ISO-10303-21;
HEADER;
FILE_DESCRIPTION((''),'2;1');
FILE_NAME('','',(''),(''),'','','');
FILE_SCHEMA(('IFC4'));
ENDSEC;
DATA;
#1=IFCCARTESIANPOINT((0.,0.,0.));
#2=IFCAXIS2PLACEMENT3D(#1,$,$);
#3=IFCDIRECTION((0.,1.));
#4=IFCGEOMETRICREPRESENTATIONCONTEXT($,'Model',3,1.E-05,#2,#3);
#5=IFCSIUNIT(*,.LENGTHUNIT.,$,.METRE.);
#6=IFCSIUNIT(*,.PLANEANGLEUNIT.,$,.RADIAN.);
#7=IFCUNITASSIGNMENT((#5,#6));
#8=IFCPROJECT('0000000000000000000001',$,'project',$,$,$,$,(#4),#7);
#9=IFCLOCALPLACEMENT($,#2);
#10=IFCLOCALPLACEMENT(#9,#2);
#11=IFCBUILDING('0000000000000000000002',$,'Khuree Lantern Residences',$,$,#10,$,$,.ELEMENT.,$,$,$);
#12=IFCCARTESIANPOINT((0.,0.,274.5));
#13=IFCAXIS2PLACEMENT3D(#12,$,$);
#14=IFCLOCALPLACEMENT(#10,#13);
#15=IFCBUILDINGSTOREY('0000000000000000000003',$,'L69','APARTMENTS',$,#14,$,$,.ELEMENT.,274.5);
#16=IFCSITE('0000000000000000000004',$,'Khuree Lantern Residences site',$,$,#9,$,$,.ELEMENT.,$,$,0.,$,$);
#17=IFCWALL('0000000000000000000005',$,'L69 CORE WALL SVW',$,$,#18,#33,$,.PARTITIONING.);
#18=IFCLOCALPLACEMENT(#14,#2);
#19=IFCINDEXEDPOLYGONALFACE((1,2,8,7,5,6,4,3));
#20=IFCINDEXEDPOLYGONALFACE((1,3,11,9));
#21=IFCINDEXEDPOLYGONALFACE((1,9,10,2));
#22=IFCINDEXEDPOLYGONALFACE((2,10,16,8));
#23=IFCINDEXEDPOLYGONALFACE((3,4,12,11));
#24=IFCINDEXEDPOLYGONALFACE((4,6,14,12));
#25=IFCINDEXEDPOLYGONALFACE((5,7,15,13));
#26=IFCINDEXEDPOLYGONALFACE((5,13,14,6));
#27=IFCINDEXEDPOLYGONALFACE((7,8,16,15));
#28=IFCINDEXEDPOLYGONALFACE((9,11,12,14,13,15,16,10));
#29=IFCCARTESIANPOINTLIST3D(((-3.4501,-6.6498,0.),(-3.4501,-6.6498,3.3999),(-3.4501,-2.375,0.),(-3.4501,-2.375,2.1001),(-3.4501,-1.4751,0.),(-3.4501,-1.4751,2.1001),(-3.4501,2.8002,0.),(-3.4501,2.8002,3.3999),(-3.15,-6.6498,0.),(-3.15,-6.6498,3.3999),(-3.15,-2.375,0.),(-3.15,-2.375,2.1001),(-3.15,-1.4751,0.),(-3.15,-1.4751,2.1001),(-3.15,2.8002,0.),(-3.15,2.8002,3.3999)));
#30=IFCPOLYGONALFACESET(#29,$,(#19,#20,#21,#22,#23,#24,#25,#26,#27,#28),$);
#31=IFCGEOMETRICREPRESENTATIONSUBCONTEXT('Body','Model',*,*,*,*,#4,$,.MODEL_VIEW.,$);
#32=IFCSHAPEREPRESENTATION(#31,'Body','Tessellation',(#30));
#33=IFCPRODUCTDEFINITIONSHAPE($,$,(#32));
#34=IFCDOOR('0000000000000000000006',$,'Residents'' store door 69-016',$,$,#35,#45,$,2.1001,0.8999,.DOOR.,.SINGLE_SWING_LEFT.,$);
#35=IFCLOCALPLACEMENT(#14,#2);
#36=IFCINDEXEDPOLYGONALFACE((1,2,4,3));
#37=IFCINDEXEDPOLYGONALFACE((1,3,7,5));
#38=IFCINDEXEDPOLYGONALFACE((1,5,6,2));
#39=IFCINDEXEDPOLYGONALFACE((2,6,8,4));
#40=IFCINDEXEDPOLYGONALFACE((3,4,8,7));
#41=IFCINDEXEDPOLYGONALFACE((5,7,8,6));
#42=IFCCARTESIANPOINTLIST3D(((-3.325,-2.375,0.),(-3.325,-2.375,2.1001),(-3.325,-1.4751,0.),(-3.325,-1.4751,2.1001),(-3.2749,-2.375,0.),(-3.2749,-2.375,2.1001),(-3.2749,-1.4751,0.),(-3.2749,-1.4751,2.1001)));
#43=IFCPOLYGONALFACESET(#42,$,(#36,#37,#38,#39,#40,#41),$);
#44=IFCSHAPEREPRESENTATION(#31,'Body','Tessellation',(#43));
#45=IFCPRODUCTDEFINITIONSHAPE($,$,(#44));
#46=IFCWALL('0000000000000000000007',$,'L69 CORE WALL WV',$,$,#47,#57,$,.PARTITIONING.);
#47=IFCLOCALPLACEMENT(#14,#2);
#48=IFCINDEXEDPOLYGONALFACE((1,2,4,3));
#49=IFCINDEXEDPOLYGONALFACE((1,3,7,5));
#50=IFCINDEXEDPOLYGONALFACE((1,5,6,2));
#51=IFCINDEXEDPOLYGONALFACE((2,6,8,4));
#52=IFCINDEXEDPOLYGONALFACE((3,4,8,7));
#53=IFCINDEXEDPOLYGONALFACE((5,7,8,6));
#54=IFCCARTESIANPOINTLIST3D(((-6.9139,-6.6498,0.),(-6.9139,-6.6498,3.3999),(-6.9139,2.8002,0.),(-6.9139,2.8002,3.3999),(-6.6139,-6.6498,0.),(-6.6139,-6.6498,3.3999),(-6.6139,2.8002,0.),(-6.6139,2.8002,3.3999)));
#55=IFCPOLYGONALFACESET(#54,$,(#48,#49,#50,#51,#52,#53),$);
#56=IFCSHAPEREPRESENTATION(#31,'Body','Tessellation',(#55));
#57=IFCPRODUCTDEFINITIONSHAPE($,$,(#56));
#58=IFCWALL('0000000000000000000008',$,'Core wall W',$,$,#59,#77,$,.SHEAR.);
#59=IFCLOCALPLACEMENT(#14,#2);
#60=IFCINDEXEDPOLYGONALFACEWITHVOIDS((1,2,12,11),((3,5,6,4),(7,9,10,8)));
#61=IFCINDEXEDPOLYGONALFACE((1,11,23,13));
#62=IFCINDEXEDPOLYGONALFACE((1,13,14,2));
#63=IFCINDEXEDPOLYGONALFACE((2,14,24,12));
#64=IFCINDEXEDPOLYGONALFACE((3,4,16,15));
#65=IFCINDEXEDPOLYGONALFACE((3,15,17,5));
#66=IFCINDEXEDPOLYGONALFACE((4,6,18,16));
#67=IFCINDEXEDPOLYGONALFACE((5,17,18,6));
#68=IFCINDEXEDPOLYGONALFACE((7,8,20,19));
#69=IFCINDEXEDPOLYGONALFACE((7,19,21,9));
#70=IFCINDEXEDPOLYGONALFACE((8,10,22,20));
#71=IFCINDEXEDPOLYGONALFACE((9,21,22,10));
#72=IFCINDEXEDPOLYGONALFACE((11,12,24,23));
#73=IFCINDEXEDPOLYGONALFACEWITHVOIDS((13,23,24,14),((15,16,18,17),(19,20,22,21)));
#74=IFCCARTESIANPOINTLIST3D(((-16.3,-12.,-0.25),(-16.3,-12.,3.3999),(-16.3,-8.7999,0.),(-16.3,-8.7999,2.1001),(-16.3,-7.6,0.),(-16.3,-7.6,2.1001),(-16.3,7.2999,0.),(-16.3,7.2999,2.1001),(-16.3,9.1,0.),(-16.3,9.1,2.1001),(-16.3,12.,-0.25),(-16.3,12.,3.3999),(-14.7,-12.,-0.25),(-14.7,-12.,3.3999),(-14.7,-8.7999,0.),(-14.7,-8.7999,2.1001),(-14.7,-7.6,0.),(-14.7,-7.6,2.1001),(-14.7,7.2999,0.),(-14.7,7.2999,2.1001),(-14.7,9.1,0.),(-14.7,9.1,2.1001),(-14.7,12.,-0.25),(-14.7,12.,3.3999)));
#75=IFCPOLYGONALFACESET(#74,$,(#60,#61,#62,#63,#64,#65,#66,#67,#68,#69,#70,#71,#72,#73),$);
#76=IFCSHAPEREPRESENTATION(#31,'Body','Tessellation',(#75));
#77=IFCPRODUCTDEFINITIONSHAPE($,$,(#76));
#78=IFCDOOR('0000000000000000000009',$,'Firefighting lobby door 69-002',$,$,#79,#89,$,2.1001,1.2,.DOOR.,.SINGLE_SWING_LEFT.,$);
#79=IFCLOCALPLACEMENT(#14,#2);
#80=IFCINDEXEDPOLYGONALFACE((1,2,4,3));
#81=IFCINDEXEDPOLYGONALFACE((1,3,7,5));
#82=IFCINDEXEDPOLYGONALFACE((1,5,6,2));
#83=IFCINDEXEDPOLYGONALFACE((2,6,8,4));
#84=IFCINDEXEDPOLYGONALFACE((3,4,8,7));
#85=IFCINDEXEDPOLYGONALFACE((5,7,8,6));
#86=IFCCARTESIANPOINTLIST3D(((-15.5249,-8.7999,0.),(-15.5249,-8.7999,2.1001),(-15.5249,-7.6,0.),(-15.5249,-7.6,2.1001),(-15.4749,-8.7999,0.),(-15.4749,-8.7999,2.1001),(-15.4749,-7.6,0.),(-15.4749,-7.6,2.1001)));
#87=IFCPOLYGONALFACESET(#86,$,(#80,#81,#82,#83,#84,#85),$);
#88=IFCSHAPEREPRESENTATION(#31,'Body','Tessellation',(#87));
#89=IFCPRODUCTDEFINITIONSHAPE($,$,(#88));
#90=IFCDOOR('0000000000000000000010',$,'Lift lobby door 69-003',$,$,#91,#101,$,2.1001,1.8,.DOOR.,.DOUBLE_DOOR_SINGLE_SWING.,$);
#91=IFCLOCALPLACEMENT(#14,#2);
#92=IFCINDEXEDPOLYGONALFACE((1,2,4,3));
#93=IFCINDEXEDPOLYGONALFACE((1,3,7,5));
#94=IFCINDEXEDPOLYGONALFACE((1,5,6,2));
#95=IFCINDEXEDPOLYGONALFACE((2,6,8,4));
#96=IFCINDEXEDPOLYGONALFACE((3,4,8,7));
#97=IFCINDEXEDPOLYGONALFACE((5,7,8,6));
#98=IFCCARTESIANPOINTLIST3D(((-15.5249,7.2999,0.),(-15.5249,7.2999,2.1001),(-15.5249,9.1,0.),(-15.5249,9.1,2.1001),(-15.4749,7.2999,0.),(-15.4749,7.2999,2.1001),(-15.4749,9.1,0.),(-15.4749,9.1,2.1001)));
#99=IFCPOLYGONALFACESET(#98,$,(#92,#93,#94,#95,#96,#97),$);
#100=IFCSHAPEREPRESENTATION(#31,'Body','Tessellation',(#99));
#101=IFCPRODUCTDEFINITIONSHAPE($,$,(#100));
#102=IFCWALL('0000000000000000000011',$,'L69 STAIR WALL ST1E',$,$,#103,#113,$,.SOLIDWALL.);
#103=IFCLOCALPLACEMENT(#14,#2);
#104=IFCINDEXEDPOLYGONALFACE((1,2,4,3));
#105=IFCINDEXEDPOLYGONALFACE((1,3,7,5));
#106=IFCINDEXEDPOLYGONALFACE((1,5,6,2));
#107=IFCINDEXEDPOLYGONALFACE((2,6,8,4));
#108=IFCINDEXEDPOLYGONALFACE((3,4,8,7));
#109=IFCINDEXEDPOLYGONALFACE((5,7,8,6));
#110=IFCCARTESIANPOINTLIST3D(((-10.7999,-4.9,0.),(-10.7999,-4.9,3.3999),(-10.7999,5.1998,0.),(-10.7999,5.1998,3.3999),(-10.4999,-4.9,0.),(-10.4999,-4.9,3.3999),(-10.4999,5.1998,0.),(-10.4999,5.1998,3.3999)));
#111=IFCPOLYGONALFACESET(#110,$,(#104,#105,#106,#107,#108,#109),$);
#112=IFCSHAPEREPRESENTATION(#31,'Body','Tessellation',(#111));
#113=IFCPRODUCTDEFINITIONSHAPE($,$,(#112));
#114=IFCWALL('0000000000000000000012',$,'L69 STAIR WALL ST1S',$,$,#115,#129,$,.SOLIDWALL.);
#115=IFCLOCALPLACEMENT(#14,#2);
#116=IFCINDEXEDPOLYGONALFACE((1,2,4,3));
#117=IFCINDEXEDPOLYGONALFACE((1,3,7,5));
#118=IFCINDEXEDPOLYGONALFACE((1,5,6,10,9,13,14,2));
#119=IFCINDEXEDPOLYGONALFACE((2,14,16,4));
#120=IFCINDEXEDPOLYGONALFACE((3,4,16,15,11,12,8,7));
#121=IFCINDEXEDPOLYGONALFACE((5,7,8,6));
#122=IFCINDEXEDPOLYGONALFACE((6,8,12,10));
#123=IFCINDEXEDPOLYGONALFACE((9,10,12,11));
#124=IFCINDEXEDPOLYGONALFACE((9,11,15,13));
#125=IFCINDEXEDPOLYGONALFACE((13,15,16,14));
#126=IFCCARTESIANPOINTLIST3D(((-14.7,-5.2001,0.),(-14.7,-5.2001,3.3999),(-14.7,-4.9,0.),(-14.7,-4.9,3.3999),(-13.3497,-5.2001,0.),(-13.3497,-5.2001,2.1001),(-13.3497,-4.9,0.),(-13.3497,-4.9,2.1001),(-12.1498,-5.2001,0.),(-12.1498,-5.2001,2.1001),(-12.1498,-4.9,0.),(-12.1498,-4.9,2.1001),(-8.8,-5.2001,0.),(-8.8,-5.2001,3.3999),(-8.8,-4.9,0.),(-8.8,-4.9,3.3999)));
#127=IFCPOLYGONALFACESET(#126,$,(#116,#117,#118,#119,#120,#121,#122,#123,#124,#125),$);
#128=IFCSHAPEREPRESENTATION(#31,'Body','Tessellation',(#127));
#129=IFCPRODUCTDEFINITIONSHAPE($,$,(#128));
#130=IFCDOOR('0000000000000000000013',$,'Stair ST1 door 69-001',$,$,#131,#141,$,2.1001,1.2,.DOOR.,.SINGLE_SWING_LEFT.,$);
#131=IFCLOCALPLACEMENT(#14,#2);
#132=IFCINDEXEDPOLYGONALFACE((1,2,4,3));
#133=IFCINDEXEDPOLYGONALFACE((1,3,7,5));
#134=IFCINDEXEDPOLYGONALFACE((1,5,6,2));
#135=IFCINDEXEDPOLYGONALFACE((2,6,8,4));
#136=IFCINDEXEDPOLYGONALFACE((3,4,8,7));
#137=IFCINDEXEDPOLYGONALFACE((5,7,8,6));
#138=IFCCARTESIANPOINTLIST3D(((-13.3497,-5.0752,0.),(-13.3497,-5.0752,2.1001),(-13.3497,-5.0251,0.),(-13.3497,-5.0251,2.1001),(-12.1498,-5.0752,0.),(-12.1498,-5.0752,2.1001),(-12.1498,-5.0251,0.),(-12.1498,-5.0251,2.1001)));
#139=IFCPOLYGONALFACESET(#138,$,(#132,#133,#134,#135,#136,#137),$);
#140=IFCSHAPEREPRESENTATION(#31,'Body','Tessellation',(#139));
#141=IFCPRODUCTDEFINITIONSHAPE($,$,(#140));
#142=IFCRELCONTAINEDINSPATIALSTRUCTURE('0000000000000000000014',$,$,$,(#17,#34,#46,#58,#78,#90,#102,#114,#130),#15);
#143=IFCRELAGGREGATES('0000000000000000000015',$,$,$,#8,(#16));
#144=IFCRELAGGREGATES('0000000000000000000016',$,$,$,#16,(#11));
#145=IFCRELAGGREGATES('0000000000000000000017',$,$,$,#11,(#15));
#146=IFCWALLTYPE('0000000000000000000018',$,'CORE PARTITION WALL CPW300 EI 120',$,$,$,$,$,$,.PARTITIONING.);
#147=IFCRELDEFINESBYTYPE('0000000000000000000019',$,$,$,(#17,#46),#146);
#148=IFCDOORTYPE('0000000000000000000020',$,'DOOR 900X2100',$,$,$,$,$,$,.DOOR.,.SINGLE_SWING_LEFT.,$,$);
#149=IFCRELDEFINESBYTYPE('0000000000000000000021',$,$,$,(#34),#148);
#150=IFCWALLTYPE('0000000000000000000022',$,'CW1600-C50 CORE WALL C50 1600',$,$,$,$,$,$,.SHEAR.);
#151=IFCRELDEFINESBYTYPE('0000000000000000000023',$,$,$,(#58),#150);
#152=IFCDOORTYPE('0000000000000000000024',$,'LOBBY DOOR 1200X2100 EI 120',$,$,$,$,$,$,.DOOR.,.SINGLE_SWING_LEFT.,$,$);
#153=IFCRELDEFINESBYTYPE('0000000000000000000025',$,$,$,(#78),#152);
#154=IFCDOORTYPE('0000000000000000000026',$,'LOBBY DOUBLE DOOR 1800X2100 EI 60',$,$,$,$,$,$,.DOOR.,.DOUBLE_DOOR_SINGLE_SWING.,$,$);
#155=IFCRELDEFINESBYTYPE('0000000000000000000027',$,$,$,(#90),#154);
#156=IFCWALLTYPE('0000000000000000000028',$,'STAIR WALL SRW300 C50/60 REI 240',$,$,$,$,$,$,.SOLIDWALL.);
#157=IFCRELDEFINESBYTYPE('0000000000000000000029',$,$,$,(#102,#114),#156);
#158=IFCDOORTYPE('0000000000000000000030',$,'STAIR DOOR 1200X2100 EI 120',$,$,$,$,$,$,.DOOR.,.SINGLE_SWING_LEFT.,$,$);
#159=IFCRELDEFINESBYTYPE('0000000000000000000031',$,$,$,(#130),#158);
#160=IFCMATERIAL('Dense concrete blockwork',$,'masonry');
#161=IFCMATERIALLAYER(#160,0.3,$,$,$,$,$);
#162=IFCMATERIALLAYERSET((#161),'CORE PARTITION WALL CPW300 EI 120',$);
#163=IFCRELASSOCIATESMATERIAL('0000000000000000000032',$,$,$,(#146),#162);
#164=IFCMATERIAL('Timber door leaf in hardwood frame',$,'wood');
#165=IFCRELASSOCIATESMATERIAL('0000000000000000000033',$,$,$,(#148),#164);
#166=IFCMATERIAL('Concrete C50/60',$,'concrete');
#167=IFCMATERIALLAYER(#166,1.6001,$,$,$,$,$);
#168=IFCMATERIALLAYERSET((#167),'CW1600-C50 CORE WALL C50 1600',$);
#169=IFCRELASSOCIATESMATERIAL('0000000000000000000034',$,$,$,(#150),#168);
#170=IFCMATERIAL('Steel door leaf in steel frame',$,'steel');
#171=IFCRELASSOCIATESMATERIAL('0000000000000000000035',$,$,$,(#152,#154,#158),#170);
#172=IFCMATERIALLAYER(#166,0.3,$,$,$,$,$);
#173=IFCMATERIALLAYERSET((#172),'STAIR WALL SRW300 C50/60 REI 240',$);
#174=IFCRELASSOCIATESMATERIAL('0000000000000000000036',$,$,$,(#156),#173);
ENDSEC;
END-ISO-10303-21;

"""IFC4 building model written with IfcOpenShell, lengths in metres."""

from ifc_helpers import new_model, si_unit, direction, frame, frame_2d, origin, place, context, subcontext, project, spatial, rectangle, extrude, material, layer, layer_set, type_object, element, fill, save


model = new_model("IFC4")

# Units and contexts
model_context = context("Model", 3, precision=1e-05, world=origin(), true_north=direction((0.0, 1.0)))
body_context = subcontext(model_context, "Body", "Model", "MODEL_VIEW")
ifc_project = project(units=[si_unit("LENGTHUNIT", "METRE"), si_unit("PLANEANGLEUNIT", "RADIAN")], contexts=[model_context])

# Site, building, storey
site_placement = place(None, origin())
site = spatial("IfcSite", under=ifc_project, at=site_placement, Name="Khuree Lantern Residences site", CompositionType="ELEMENT", RefElevation=0.0)
building_placement = place(site_placement, origin())
building = spatial("IfcBuilding", under=site, at=building_placement, Name="Khuree Lantern Residences", CompositionType="ELEMENT")
storey_placement = place(building_placement, frame((0.0, 0.0, 274.5)))
storey = spatial("IfcBuildingStorey", under=building, at=storey_placement, Name="L69", Description="APARTMENTS", CompositionType="ELEMENT", Elevation=274.5)

# Shared definitions
ifc_material_1 = material(Name="Dense concrete blockwork", Category="masonry")
ifc_layer_1 = layer(ifc_material_1, 0.3)
ifc_layer_set_1 = layer_set([ifc_layer_1], Name="CORE PARTITION WALL CPW300 EI 120")
wall_type_1 = type_object("IfcWallType", Name="CORE PARTITION WALL CPW300 EI 120", PredefinedType="PARTITIONING", material=ifc_layer_set_1)

# Shared definitions
ifc_material_2 = material(Name="Steel door leaf in steel frame", Category="steel")

# Wall, opening, door
wall_1_placement = place(storey_placement, frame((-3.3, -6.6499, 0.0), z_axis=(0.0, 0.0, 1.0), x_axis=(0.0, 1.0, 0.0)))
wall_1 = element("IfcWall", 1, at=wall_1_placement, inside=storey, type_object=wall_type_1, Name="L69 CORE WALL SVW", PredefinedType="PARTITIONING", context=body_context, shape_type="SweptSolid", body=[
    extrude(rectangle(XDim=9.45, YDim=0.3, at=frame_2d((4.7251, 0.0))), origin(), (0.0, 0.0, 1.0), 3.3999),
])
opening_1_placement = place(wall_1_placement, frame((4.2749, 0.0, 0.0)))
opening_1 = element("IfcOpeningElement", 2, at=opening_1_placement, cuts=wall_1, PredefinedType="OPENING", context=body_context, shape_type="SweptSolid", body=[
    extrude(rectangle(XDim=0.8999, YDim=2.1001, at=frame_2d((0.45, 1.05))), frame((0.0, 0.1602, 0.0), z_axis=(0.0, -1.0, 0.0), x_axis=(1.0, 0.0, 0.0)), (0.0, 0.0, 1.0), 0.3201),
])
ifc_material_3 = material(Name="Timber door leaf in hardwood frame", Category="wood")
door_type_1 = type_object("IfcDoorType", Name="DOOR 900X2100", OperationType="SINGLE_SWING_LEFT", PredefinedType="DOOR", material=ifc_material_3)
door_1_placement = place(opening_1_placement, origin())
door_1 = element("IfcDoor", 3, at=door_1_placement, inside=storey, type_object=door_type_1, Name="Residents' store door 69-016", OperationType="SINGLE_SWING_LEFT", OverallHeight=2.1001, OverallWidth=0.8999, PredefinedType="DOOR", context=body_context, shape_type="SweptSolid", body=[
    extrude(rectangle(XDim=0.8999, YDim=2.1001, at=frame_2d((0.45, 1.05))), frame((0.0, 0.0249, 0.0), z_axis=(0.0, -1.0, 0.0), x_axis=(1.0, 0.0, 0.0)), (0.0, 0.0, 1.0), 0.05),
])
fill(opening_1, door_1)

# Wall
wall_2_placement = place(storey_placement, frame((-6.7639, -6.6499, 0.0), z_axis=(0.0, 0.0, 1.0), x_axis=(0.0, 1.0, 0.0)))
element("IfcWall", 4, at=wall_2_placement, inside=storey, type_object=wall_type_1, Name="L69 CORE WALL WV", PredefinedType="PARTITIONING", context=body_context, shape_type="SweptSolid", body=[
    extrude(rectangle(XDim=9.45, YDim=0.3, at=frame_2d((4.7251, 0.0))), origin(), (0.0, 0.0, 1.0), 3.3999),
])

# Wall, openings, doors
ifc_material_4 = material(Name="Concrete C50/60", Category="concrete")
ifc_layer_2 = layer(ifc_material_4, 1.6001)
ifc_layer_set_2 = layer_set([ifc_layer_2], Name="CW1600-C50 CORE WALL C50 1600")
wall_type_2 = type_object("IfcWallType", Name="CW1600-C50 CORE WALL C50 1600", PredefinedType="SHEAR", material=ifc_layer_set_2)
wall_3_placement = place(storey_placement, frame((-15.5, -12.0, -0.25), z_axis=(0.0, 0.0, 1.0), x_axis=(0.0, 1.0, 0.0)))
wall_3 = element("IfcWall", 5, at=wall_3_placement, inside=storey, type_object=wall_type_2, Name="Core wall W", PredefinedType="SHEAR", context=body_context, shape_type="SweptSolid", body=[
    extrude(rectangle(XDim=24.0, YDim=1.6001, at=frame_2d((12.0, 0.0))), origin(), (0.0, 0.0, 1.0), 3.6499),
])
opening_2_placement = place(wall_3_placement, frame((3.2, 0.0, 0.25)))
opening_2 = element("IfcOpeningElement", 6, at=opening_2_placement, cuts=wall_3, PredefinedType="OPENING", context=body_context, shape_type="SweptSolid", body=[
    extrude(rectangle(XDim=1.2, YDim=2.1001, at=frame_2d((0.6001, 1.05))), frame((0.0, 0.8101, 0.0), z_axis=(0.0, -1.0, 0.0), x_axis=(1.0, 0.0, 0.0)), (0.0, 0.0, 1.0), 1.6201),
])
opening_3_placement = place(wall_3_placement, frame((19.3, 0.0, 0.25)))
opening_3 = element("IfcOpeningElement", 7, at=opening_3_placement, cuts=wall_3, PredefinedType="OPENING", context=body_context, shape_type="SweptSolid", body=[
    extrude(rectangle(XDim=1.8, YDim=2.1001, at=frame_2d((0.8999, 1.05))), frame((0.0, 0.8101, 0.0), z_axis=(0.0, -1.0, 0.0), x_axis=(1.0, 0.0, 0.0)), (0.0, 0.0, 1.0), 1.6201),
])
door_type_2 = type_object("IfcDoorType", Name="LOBBY DOOR 1200X2100 EI 120", OperationType="SINGLE_SWING_LEFT", PredefinedType="DOOR", material=ifc_material_2)
door_2_placement = place(opening_2_placement, origin())
door_2 = element("IfcDoor", 8, at=door_2_placement, inside=storey, type_object=door_type_2, Name="Firefighting lobby door 69-002", OperationType="SINGLE_SWING_LEFT", OverallHeight=2.1001, OverallWidth=1.2, PredefinedType="DOOR", context=body_context, shape_type="SweptSolid", body=[
    extrude(rectangle(XDim=1.2, YDim=2.1001, at=frame_2d((0.6001, 1.05))), frame((0.0, 0.0249, 0.0), z_axis=(0.0, -1.0, 0.0), x_axis=(1.0, 0.0, 0.0)), (0.0, 0.0, 1.0), 0.05),
])
fill(opening_2, door_2)
door_type_3 = type_object("IfcDoorType", Name="LOBBY DOUBLE DOOR 1800X2100 EI 60", OperationType="DOUBLE_DOOR_SINGLE_SWING", PredefinedType="DOOR", material=ifc_material_2)
door_3_placement = place(opening_3_placement, origin())
door_3 = element("IfcDoor", 9, at=door_3_placement, inside=storey, type_object=door_type_3, Name="Lift lobby door 69-003", OperationType="DOUBLE_DOOR_SINGLE_SWING", OverallHeight=2.1001, OverallWidth=1.8, PredefinedType="DOOR", context=body_context, shape_type="SweptSolid", body=[
    extrude(rectangle(XDim=1.8, YDim=2.1001, at=frame_2d((0.8999, 1.05))), frame((0.0, 0.0249, 0.0), z_axis=(0.0, -1.0, 0.0), x_axis=(1.0, 0.0, 0.0)), (0.0, 0.0, 1.0), 0.05),
])
fill(opening_3, door_3)

# Wall
ifc_layer_3 = layer(ifc_material_4, 0.3)
ifc_layer_set_3 = layer_set([ifc_layer_3], Name="STAIR WALL SRW300 C50/60 REI 240")
wall_type_3 = type_object("IfcWallType", Name="STAIR WALL SRW300 C50/60 REI 240", PredefinedType="SOLIDWALL", material=ifc_layer_set_3)
wall_4_placement = place(storey_placement, frame((-10.6499, -4.8999, 0.0), z_axis=(0.0, 0.0, 1.0), x_axis=(0.0, 1.0, 0.0)))
element("IfcWall", 10, at=wall_4_placement, inside=storey, type_object=wall_type_3, Name="L69 STAIR WALL ST1E", PredefinedType="SOLIDWALL", context=body_context, shape_type="SweptSolid", body=[
    extrude(rectangle(XDim=10.0999, YDim=0.3, at=frame_2d((5.0498, 0.0))), origin(), (0.0, 0.0, 1.0), 3.3999),
])

# Wall, opening, door
wall_5_placement = place(storey_placement, frame((-14.7, -5.05, 0.0), z_axis=(0.0, 0.0, 1.0), x_axis=(1.0, 0.0, 0.0)))
wall_5 = element("IfcWall", 11, at=wall_5_placement, inside=storey, type_object=wall_type_3, Name="L69 STAIR WALL ST1S", PredefinedType="SOLIDWALL", context=body_context, shape_type="SweptSolid", body=[
    extrude(rectangle(XDim=5.8999, YDim=0.3, at=frame_2d((2.95, 0.0))), origin(), (0.0, 0.0, 1.0), 3.3999),
])
opening_4_placement = place(wall_5_placement, frame((1.3501, 0.0, 0.0)))
opening_4 = element("IfcOpeningElement", 12, at=opening_4_placement, cuts=wall_5, PredefinedType="OPENING", context=body_context, shape_type="SweptSolid", body=[
    extrude(rectangle(XDim=1.2, YDim=2.1001, at=frame_2d((0.6001, 1.05))), frame((0.0, 0.1602, 0.0), z_axis=(0.0, -1.0, 0.0), x_axis=(1.0, 0.0, 0.0)), (0.0, 0.0, 1.0), 0.3201),
])
door_type_4 = type_object("IfcDoorType", Name="STAIR DOOR 1200X2100 EI 120", OperationType="SINGLE_SWING_LEFT", PredefinedType="DOOR", material=ifc_material_2)
door_4_placement = place(opening_4_placement, origin())
door_4 = element("IfcDoor", 13, at=door_4_placement, inside=storey, type_object=door_type_4, Name="Stair ST1 door 69-001", OperationType="SINGLE_SWING_LEFT", OverallHeight=2.1001, OverallWidth=1.2, PredefinedType="DOOR", context=body_context, shape_type="SweptSolid", body=[
    extrude(rectangle(XDim=1.2, YDim=2.1001, at=frame_2d((0.6001, 1.05))), frame((0.0, 0.0249, 0.0), z_axis=(0.0, -1.0, 0.0), x_axis=(1.0, 0.0, 0.0)), (0.0, 0.0, 1.0), 0.05),
])
fill(opening_4, door_4)

save(model, "model.ifc")
